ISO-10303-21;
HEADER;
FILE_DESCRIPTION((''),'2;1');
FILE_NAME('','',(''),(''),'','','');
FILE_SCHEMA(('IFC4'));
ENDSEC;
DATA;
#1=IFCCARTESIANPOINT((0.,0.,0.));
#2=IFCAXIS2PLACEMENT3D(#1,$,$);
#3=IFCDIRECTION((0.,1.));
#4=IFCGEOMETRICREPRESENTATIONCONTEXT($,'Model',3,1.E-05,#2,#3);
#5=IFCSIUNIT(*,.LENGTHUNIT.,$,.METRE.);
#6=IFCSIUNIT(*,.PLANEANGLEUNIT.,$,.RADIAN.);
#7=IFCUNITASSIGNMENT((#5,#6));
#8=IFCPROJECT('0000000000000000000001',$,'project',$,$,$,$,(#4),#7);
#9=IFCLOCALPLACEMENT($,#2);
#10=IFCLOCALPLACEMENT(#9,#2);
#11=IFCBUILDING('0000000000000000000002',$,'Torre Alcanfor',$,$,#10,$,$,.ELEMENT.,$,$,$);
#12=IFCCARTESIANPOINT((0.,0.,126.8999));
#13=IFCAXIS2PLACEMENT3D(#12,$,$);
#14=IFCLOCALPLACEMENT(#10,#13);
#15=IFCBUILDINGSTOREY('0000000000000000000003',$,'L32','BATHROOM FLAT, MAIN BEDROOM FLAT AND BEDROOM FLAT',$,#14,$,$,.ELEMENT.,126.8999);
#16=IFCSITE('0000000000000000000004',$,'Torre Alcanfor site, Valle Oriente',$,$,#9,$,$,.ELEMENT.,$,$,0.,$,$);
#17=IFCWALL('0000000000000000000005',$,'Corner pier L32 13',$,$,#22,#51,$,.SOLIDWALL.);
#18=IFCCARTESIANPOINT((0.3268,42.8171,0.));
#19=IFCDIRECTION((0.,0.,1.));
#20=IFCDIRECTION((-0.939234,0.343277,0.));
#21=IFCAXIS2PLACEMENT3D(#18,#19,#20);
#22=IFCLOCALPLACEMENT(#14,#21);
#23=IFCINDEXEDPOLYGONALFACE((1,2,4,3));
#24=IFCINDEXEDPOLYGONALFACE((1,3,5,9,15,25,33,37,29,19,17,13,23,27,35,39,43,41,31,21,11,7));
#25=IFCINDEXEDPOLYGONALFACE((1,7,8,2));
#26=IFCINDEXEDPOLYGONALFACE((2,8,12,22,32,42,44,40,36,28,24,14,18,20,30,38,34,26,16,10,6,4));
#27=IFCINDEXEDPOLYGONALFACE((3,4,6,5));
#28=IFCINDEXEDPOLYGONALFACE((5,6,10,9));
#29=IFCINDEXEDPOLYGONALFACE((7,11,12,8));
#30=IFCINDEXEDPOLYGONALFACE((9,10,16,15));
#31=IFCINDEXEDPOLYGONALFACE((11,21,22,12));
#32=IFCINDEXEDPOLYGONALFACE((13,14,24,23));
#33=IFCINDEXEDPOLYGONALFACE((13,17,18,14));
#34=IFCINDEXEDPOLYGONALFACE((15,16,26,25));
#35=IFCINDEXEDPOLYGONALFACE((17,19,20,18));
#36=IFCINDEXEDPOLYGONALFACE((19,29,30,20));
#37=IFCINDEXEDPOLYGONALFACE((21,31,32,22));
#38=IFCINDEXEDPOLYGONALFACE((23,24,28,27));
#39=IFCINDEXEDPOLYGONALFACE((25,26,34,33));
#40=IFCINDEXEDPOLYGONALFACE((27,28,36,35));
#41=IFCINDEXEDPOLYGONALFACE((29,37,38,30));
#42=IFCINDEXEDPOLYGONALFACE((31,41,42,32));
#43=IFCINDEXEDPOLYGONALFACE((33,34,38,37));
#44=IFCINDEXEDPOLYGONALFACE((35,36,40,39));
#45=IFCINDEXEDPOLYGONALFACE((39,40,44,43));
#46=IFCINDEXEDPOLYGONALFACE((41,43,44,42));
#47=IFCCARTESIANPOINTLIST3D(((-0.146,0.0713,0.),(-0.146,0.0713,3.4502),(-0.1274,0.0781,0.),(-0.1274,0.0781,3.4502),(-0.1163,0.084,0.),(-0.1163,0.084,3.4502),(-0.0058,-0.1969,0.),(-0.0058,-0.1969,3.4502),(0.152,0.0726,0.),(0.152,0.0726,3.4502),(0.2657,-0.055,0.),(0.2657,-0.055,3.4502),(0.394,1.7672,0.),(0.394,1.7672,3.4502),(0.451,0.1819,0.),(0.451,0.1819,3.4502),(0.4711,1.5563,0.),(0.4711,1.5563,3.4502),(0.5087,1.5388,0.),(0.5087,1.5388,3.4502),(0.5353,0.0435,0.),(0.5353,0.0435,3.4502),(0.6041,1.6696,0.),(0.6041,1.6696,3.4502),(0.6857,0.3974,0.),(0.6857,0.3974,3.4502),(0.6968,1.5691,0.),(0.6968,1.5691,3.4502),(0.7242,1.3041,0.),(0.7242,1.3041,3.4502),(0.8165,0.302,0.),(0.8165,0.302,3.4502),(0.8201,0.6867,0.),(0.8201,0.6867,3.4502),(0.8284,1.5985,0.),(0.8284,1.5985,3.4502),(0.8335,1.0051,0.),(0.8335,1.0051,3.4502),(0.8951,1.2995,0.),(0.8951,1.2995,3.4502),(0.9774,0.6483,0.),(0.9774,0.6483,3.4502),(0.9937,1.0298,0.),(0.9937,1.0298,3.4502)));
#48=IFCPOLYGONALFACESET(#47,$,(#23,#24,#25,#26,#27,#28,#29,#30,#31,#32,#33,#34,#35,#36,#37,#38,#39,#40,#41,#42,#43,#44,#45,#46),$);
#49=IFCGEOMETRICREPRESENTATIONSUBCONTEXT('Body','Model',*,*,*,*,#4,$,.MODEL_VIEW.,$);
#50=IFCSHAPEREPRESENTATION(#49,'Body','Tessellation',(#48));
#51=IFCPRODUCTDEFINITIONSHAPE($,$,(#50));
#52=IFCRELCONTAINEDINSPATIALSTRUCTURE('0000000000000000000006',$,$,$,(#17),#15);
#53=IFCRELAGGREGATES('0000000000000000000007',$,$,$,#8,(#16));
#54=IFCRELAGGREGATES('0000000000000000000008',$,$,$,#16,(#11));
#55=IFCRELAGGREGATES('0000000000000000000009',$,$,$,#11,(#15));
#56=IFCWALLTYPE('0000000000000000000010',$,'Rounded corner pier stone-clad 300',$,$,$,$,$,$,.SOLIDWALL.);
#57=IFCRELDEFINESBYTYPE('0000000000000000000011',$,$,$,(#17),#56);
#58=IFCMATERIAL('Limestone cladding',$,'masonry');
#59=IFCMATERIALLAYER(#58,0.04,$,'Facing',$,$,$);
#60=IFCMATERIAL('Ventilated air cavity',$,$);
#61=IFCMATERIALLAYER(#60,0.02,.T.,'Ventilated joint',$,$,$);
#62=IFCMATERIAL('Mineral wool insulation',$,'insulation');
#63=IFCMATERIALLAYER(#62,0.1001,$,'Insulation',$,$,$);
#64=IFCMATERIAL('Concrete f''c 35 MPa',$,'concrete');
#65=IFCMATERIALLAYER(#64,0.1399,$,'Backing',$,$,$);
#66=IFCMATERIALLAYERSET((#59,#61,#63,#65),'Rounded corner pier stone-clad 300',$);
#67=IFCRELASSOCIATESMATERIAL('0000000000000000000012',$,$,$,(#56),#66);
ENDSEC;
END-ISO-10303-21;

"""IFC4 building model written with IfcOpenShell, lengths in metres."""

from ifc_helpers import new_model, si_unit, direction, frame, origin, place, context, subcontext, project, spatial, polyline, outline, extrude, material, layer, layer_set, type_object, element, save


model = new_model("IFC4")

# Units and contexts
model_context = context("Model", 3, precision=1e-05, world=origin(), true_north=direction((0.0, 1.0)))
body_context = subcontext(model_context, "Body", "Model", "MODEL_VIEW")
ifc_project = project(units=[si_unit("LENGTHUNIT", "METRE"), si_unit("PLANEANGLEUNIT", "RADIAN")], contexts=[model_context])

# Site, building, storey
site_placement = place(None, origin())
site = spatial("IfcSite", under=ifc_project, at=site_placement, Name="Torre Alcanfor site, Valle Oriente", CompositionType="ELEMENT", RefElevation=0.0)
building_placement = place(site_placement, origin())
building = spatial("IfcBuilding", under=site, at=building_placement, Name="Torre Alcanfor", CompositionType="ELEMENT")
storey_placement = place(building_placement, frame((0.0, 0.0, 126.8999)))
storey = spatial("IfcBuildingStorey", under=building, at=storey_placement, Name="L32", Description="BATHROOM FLAT, MAIN BEDROOM FLAT AND BEDROOM FLAT", CompositionType="ELEMENT", Elevation=126.8999)

# Wall
ifc_material_1 = material(Name="Limestone cladding", Category="masonry")
ifc_layer_1 = layer(ifc_material_1, 0.04, Name="Facing")
ifc_material_2 = material(Name="Ventilated air cavity")
ifc_layer_2 = layer(ifc_material_2, 0.02, ventilated=True, Name="Ventilated joint")
ifc_material_3 = material(Name="Mineral wool insulation", Category="insulation")
ifc_layer_3 = layer(ifc_material_3, 0.1001, Name="Insulation")
ifc_material_4 = material(Name="Concrete f'c 35 MPa", Category="concrete")
ifc_layer_4 = layer(ifc_material_4, 0.1399, Name="Backing")
ifc_layer_set_1 = layer_set([ifc_layer_1, ifc_layer_2, ifc_layer_3, ifc_layer_4], Name="Rounded corner pier stone-clad 300")
wall_type_1 = type_object("IfcWallType", Name="Rounded corner pier stone-clad 300", PredefinedType="SOLIDWALL", material=ifc_layer_set_1)
wall_1_placement = place(storey_placement, frame((0.3268, 42.8171, 0.0), z_axis=(0.0, 0.0, 1.0), x_axis=(-0.939234, 0.343277, 0.0)))
element("IfcWall", 1, at=wall_1_placement, inside=storey, type_object=wall_type_1, Name="Corner pier L32 13", PredefinedType="SOLIDWALL", context=body_context, shape_type="SweptSolid", body=[
    extrude(outline(polyline([(-0.0058, -0.1969), (0.2657, -0.055), (0.5353, 0.0435), (0.8165, 0.302), (0.9774, 0.6483), (0.9937, 1.0298), (0.8951, 1.2995), (0.8284, 1.5985), (0.6968, 1.5691), (0.6041, 1.6696), (0.394, 1.7672), (0.4711, 1.5563), (0.5087, 1.5388), (0.7242, 1.3041), (0.8335, 1.0051), (0.8201, 0.6867), (0.6857, 0.3974), (0.451, 0.1819), (0.152, 0.0726), (-0.1163, 0.084), (-0.1274, 0.0781), (-0.146, 0.0713), (-0.0058, -0.1969)])), origin(), (0.0, 0.0, 1.0), 3.4502),
])

save(model, "model.ifc")
